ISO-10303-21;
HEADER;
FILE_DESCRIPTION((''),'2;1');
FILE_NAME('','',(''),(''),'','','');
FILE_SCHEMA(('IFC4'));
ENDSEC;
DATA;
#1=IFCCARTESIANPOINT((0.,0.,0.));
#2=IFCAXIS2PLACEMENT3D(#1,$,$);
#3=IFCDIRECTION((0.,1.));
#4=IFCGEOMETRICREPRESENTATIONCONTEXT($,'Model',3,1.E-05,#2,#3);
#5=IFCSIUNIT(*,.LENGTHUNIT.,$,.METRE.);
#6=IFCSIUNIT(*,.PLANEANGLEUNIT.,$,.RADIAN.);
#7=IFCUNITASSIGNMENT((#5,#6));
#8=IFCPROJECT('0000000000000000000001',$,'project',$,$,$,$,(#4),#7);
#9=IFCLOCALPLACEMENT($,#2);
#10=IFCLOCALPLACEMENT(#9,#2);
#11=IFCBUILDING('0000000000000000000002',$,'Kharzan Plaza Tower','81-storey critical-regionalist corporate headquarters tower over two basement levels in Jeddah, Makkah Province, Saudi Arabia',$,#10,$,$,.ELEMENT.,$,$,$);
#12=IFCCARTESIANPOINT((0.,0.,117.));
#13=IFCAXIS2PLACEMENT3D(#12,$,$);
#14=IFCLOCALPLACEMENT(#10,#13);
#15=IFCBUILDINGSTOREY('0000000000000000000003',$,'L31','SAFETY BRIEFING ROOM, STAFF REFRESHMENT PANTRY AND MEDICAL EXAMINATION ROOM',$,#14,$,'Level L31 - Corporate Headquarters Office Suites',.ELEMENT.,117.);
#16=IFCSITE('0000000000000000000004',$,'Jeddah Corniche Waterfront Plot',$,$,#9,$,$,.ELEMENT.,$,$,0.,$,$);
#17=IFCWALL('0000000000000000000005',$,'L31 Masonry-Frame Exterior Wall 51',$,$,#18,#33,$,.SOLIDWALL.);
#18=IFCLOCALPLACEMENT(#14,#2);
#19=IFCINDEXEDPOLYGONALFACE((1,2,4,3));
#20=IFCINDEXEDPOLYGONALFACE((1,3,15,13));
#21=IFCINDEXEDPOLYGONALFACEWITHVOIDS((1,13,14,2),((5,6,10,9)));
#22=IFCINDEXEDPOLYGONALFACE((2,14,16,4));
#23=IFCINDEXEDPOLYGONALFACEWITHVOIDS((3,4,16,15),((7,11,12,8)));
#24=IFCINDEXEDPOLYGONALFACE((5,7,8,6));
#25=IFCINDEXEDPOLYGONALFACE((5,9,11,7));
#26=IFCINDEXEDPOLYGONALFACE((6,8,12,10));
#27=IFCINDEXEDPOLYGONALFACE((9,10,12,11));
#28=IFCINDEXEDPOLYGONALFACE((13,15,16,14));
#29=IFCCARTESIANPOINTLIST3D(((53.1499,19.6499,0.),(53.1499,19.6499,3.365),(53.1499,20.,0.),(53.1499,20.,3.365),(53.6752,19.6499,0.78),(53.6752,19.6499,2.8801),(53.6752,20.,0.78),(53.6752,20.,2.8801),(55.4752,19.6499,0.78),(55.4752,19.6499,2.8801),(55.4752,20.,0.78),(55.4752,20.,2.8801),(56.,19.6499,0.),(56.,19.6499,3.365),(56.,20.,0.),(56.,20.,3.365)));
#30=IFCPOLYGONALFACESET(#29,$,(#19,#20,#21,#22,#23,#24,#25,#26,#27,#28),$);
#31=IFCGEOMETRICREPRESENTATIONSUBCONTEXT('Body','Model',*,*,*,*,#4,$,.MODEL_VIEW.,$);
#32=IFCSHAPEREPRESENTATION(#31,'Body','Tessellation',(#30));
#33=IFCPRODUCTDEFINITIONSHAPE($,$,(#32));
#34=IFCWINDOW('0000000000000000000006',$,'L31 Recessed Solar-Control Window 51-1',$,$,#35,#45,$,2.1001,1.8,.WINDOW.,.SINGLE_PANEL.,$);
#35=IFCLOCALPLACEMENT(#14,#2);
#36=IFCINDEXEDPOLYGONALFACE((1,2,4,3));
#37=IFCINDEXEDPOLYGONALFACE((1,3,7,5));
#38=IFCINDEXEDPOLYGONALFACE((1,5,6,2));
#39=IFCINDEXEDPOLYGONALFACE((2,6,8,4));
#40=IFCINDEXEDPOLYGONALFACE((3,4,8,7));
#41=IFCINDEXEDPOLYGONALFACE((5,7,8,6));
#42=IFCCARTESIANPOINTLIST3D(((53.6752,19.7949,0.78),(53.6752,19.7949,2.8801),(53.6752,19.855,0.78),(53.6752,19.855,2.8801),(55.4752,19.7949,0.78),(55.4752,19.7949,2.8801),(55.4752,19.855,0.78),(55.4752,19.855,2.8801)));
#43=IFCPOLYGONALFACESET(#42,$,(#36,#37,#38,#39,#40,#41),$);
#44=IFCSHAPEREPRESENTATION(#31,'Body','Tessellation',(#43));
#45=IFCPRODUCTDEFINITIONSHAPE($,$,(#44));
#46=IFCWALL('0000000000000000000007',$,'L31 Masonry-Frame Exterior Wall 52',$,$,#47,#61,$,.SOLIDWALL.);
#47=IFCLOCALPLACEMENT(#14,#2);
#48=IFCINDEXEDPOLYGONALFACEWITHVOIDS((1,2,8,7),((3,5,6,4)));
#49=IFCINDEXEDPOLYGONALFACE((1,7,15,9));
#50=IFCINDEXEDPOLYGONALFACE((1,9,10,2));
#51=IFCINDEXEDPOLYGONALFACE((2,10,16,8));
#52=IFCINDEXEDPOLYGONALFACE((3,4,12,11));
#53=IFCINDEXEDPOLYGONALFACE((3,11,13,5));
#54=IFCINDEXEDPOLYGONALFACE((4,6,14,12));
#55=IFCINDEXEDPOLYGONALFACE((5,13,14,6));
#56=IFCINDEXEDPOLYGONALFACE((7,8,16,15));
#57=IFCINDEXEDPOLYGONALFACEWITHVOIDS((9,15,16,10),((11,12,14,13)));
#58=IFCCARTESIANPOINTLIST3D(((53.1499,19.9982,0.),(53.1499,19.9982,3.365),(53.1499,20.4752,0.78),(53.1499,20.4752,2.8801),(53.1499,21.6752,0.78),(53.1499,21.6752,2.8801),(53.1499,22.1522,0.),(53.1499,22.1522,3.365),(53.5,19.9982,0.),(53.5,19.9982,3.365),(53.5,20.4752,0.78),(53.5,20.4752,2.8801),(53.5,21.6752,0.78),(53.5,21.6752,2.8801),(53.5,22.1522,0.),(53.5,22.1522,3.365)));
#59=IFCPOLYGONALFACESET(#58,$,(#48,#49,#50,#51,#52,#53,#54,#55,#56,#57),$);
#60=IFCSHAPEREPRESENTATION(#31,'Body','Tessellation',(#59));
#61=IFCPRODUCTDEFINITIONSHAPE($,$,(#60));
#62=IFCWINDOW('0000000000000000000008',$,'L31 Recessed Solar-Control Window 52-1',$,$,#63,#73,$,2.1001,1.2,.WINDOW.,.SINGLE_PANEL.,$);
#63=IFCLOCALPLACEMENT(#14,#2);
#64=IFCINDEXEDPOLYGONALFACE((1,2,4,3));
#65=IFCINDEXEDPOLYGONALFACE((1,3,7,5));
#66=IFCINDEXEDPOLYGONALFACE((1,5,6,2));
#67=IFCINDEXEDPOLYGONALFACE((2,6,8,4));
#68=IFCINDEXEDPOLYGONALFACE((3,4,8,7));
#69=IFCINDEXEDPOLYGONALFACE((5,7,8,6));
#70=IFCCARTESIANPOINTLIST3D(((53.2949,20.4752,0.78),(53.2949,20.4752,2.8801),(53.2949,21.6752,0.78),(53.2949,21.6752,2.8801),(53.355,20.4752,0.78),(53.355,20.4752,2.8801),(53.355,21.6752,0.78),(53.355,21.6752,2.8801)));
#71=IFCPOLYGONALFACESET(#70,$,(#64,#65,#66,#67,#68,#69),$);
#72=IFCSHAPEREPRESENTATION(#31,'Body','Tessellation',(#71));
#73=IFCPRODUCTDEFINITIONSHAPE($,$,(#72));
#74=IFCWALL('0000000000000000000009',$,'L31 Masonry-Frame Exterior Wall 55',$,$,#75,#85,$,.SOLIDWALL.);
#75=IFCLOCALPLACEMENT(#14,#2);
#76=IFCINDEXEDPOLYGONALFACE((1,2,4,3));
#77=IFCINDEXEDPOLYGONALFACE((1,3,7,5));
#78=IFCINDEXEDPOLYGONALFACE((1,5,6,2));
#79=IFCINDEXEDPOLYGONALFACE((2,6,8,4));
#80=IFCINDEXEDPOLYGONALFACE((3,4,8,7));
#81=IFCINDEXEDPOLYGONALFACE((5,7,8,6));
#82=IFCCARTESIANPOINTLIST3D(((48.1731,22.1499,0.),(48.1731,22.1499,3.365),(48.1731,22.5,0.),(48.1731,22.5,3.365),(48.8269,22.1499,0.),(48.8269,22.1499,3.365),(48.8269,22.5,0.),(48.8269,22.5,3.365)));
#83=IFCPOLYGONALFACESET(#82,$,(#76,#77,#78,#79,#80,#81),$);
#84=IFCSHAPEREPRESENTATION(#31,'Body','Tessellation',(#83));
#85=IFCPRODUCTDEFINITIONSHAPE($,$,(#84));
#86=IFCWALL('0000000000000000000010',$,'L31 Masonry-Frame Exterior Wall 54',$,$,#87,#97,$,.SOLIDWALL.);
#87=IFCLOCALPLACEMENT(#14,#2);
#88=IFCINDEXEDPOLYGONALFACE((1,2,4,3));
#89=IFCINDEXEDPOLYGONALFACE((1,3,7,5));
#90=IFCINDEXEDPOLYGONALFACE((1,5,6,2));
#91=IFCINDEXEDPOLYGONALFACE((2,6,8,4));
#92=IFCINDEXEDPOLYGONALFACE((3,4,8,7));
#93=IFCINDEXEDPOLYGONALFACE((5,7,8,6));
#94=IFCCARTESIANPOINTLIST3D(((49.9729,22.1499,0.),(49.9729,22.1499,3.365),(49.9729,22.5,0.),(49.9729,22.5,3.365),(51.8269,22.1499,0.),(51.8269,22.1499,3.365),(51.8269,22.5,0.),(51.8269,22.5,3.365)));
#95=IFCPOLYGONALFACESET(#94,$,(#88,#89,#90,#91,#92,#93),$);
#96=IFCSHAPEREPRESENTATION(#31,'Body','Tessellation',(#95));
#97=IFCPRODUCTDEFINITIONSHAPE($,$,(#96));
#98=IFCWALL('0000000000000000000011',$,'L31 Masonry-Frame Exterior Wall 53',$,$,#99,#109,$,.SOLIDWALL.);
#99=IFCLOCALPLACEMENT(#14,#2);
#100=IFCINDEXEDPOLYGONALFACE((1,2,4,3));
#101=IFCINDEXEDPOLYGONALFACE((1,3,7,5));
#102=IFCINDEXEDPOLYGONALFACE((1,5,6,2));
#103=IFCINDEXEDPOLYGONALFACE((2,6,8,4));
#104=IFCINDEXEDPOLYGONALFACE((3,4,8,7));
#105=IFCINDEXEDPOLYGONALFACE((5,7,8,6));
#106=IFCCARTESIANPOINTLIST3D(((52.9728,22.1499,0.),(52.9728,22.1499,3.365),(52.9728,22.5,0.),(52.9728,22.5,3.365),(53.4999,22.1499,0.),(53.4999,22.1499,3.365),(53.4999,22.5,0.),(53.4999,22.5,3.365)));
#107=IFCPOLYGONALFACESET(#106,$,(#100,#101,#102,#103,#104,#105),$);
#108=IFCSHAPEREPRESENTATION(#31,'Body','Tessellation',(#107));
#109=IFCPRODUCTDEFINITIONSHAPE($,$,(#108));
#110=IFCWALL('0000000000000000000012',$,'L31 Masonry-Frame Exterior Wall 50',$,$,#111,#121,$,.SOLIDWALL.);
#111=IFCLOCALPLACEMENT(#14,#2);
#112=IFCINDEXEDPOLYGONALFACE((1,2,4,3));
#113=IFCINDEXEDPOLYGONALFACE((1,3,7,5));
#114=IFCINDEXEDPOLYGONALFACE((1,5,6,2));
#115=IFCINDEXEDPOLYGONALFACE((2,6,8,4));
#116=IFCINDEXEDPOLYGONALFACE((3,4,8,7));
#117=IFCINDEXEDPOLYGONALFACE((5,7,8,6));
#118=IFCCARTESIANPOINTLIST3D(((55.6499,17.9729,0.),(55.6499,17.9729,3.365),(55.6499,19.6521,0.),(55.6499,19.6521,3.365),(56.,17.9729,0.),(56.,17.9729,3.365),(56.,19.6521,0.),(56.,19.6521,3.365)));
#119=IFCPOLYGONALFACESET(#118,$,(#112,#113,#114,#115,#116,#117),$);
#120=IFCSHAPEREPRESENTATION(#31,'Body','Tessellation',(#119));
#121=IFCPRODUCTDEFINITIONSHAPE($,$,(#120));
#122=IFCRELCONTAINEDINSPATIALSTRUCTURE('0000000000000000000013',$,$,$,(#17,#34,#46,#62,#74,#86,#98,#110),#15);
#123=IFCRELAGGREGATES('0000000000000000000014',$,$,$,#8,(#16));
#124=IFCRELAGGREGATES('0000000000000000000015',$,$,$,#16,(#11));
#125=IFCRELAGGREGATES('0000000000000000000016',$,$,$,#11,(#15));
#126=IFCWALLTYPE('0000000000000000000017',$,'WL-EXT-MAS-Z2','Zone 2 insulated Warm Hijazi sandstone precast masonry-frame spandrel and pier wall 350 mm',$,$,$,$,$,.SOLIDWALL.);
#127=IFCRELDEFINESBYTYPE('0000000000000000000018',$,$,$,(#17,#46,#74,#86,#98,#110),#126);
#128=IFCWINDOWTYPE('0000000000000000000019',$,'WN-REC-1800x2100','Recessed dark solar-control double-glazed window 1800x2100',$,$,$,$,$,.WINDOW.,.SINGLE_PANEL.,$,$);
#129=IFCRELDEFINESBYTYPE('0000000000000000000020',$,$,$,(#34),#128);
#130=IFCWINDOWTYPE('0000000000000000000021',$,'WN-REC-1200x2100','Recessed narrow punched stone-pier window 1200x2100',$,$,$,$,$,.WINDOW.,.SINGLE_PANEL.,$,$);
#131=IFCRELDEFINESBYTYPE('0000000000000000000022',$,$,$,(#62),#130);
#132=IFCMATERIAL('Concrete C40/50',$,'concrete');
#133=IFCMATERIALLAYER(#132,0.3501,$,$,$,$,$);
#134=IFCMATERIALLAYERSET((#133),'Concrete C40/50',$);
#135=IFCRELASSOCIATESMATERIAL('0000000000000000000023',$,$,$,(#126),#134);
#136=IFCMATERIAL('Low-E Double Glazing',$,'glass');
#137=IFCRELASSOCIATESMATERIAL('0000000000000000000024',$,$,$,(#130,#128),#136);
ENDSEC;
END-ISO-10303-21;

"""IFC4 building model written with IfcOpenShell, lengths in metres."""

from ifc_helpers import new_model, si_unit, direction, frame, frame_2d, origin, place, context, subcontext, project, spatial, rectangle, extrude, source, transform, mapped, material, layer, layer_set, type_object, element, fill, save


model = new_model("IFC4")

# Units and contexts
model_context = context("Model", 3, precision=1e-05, world=origin(), true_north=direction((0.0, 1.0)))
body_context = subcontext(model_context, "Body", "Model", "MODEL_VIEW")
ifc_project = project(units=[si_unit("LENGTHUNIT", "METRE"), si_unit("PLANEANGLEUNIT", "RADIAN")], contexts=[model_context])

# Site, building, storey
site_placement = place(None, origin())
site = spatial("IfcSite", under=ifc_project, at=site_placement, Name="Jeddah Corniche Waterfront Plot", CompositionType="ELEMENT", RefElevation=0.0)
building_placement = place(site_placement, origin())
building = spatial("IfcBuilding", under=site, at=building_placement, Name="Kharzan Plaza Tower", Description="81-storey critical-regionalist corporate headquarters tower over two basement levels in Jeddah, Makkah Province, Saudi Arabia", CompositionType="ELEMENT")
storey_placement = place(building_placement, frame((0.0, 0.0, 117.0)))
storey = spatial("IfcBuildingStorey", under=building, at=storey_placement, Name="L31", Description="SAFETY BRIEFING ROOM, STAFF REFRESHMENT PANTRY AND MEDICAL EXAMINATION ROOM", LongName="Level L31 - Corporate Headquarters Office Suites", CompositionType="ELEMENT", Elevation=117.0)

# Walls, openings, windows
ifc_material_1 = material(Name="Concrete C40/50", Category="concrete")
ifc_layer = layer(ifc_material_1, 0.3501)
ifc_layer_set = layer_set([ifc_layer], Name="Concrete C40/50")
wall_type = type_object("IfcWallType", Name="WL-EXT-MAS-Z2", Description="Zone 2 insulated Warm Hijazi sandstone precast masonry-frame spandrel and pier wall 350 mm", PredefinedType="SOLIDWALL", material=ifc_layer_set)
ifc_material_2 = material(Name="Low-E Double Glazing", Category="glass")
window_type_1 = type_object("IfcWindowType", Name="WN-REC-1200x2100", Description="Recessed narrow punched stone-pier window 1200x2100", PartitioningType="SINGLE_PANEL", PredefinedType="WINDOW", material=ifc_material_2)
shared_shape_1 = source(origin(), body_context, "Body", "SweptSolid", [
    extrude(rectangle(XDim=1.2, YDim=2.1001, at=frame_2d((0.6001, 1.05))), frame((0.0, 0.03, 0.0), z_axis=(0.0, -1.0, 0.0), x_axis=(1.0, 0.0, 0.0)), (0.0, 0.0, 1.0), 0.0601),
])
wall_1_placement = place(storey_placement, frame((56.0, 19.825, 0.0), z_axis=(0.0, 0.0, 1.0), x_axis=(-1.0, 0.0, 0.0)))
wall_1 = element("IfcWall", 1, at=wall_1_placement, inside=storey, type_object=wall_type, Name="L31 Masonry-Frame Exterior Wall 51", PredefinedType="SOLIDWALL", context=body_context, shape_type="SweptSolid", body=[
    extrude(rectangle(XDim=2.8501, YDim=0.3501, at=frame_2d((1.425, 0.0))), origin(), (0.0, 0.0, 1.0), 3.365),
])
opening_1_placement = place(wall_1_placement, frame((0.5249, 0.0, 0.78)))
opening_1 = element("IfcOpeningElement", 2, at=opening_1_placement, cuts=wall_1, PredefinedType="OPENING", context=body_context, shape_type="SweptSolid", body=[
    extrude(rectangle(XDim=1.8, YDim=2.1001, at=frame_2d((0.8999, 1.05))), frame((0.0, 0.1851, 0.0), z_axis=(0.0, -1.0, 0.0), x_axis=(1.0, 0.0, 0.0)), (0.0, 0.0, 1.0), 0.3701),
])
window_type_2 = type_object("IfcWindowType", Name="WN-REC-1800x2100", Description="Recessed dark solar-control double-glazed window 1800x2100", PartitioningType="SINGLE_PANEL", PredefinedType="WINDOW", material=ifc_material_2)
shared_shape_2 = source(origin(), body_context, "Body", "SweptSolid", [
    extrude(rectangle(XDim=1.8, YDim=2.1001, at=frame_2d((0.8999, 1.05))), frame((0.0, 0.03, 0.0), z_axis=(0.0, -1.0, 0.0), x_axis=(1.0, 0.0, 0.0)), (0.0, 0.0, 1.0), 0.0601),
])
window_1_placement = place(opening_1_placement, origin())
window_1 = element("IfcWindow", 3, at=window_1_placement, inside=storey, type_object=window_type_2, Name="L31 Recessed Solar-Control Window 51-1", OverallHeight=2.1001, OverallWidth=1.8, PartitioningType="SINGLE_PANEL", PredefinedType="WINDOW", context=body_context, shape_type="MappedRepresentation", body=[
    mapped(shared_shape_2, transform((0.0, 0.0, 0.0), x_axis=(1.0, 0.0, 0.0), y_axis=(0.0, 1.0, 0.0), z_axis=(0.0, 0.0, 1.0))),
])
fill(opening_1, window_1)
wall_2_placement = place(storey_placement, frame((53.325, 19.998, 0.0), z_axis=(0.0, 0.0, 1.0), x_axis=(0.0, 1.0, 0.0)))
wall_2 = element("IfcWall", 4, at=wall_2_placement, inside=storey, type_object=wall_type, Name="L31 Masonry-Frame Exterior Wall 52", PredefinedType="SOLIDWALL", context=body_context, shape_type="SweptSolid", body=[
    extrude(rectangle(XDim=2.1541, YDim=0.3501, at=frame_2d((1.0771, 0.0))), origin(), (0.0, 0.0, 1.0), 3.365),
])
opening_2_placement = place(wall_2_placement, frame((0.4771, 0.0, 0.78)))
opening_2 = element("IfcOpeningElement", 5, at=opening_2_placement, cuts=wall_2, PredefinedType="OPENING", context=body_context, shape_type="SweptSolid", body=[
    extrude(rectangle(XDim=1.2, YDim=2.1001, at=frame_2d((0.6001, 1.05))), frame((0.0, 0.1851, 0.0), z_axis=(0.0, -1.0, 0.0), x_axis=(1.0, 0.0, 0.0)), (0.0, 0.0, 1.0), 0.3701),
])
window_2_placement = place(opening_2_placement, origin())
window_2 = element("IfcWindow", 6, at=window_2_placement, inside=storey, type_object=window_type_1, Name="L31 Recessed Solar-Control Window 52-1", OverallHeight=2.1001, OverallWidth=1.2, PartitioningType="SINGLE_PANEL", PredefinedType="WINDOW", context=body_context, shape_type="MappedRepresentation", body=[
    mapped(shared_shape_1, transform((0.0, 0.0, 0.0), x_axis=(1.0, 0.0, 0.0), y_axis=(0.0, 1.0, 0.0), z_axis=(0.0, 0.0, 1.0))),
])
fill(opening_2, window_2)

# Walls
shared_shape_3 = source(origin(), body_context, "Body", "SweptSolid", [
    extrude(rectangle(XDim=0.6538, YDim=0.3501, at=frame_2d((0.3269, 0.0))), origin(), (0.0, 0.0, 1.0), 3.365),
])
wall_3_placement = place(storey_placement, frame((48.8269, 22.325, 0.0), z_axis=(0.0, 0.0, 1.0), x_axis=(-1.0, 0.0, 0.0)))
element("IfcWall", 7, at=wall_3_placement, inside=storey, type_object=wall_type, Name="L31 Masonry-Frame Exterior Wall 55", PredefinedType="SOLIDWALL", context=body_context, shape_type="MappedRepresentation", body=[
    mapped(shared_shape_3, transform((0.0, 0.0, 0.0), x_axis=(1.0, 0.0, 0.0), y_axis=(0.0, 1.0, 0.0), z_axis=(0.0, 0.0, 1.0))),
])
shared_shape_4 = source(origin(), body_context, "Body", "SweptSolid", [
    extrude(rectangle(XDim=1.854, YDim=0.3501, at=frame_2d((0.927, 0.0))), origin(), (0.0, 0.0, 1.0), 3.365),
])
wall_4_placement = place(storey_placement, frame((51.8269, 22.325, 0.0), z_axis=(0.0, 0.0, 1.0), x_axis=(-1.0, 0.0, 0.0)))
element("IfcWall", 8, at=wall_4_placement, inside=storey, type_object=wall_type, Name="L31 Masonry-Frame Exterior Wall 54", PredefinedType="SOLIDWALL", context=body_context, shape_type="MappedRepresentation", body=[
    mapped(shared_shape_4, transform((0.0, 0.0, 0.0), x_axis=(1.0, 0.0, 0.0), y_axis=(0.0, 1.0, 0.0), z_axis=(0.0, 0.0, 1.0))),
])
shared_shape_5 = source(origin(), body_context, "Body", "SweptSolid", [
    extrude(rectangle(XDim=0.5271, YDim=0.3501, at=frame_2d((0.2637, 0.0))), origin(), (0.0, 0.0, 1.0), 3.365),
])
wall_5_placement = place(storey_placement, frame((53.5, 22.325, 0.0), z_axis=(0.0, 0.0, 1.0), x_axis=(-1.0, 0.0, 0.0)))
element("IfcWall", 9, at=wall_5_placement, inside=storey, type_object=wall_type, Name="L31 Masonry-Frame Exterior Wall 53", PredefinedType="SOLIDWALL", context=body_context, shape_type="MappedRepresentation", body=[
    mapped(shared_shape_5, transform((0.0, 0.0, 0.0), x_axis=(1.0, 0.0, 0.0), y_axis=(0.0, 1.0, 0.0), z_axis=(0.0, 0.0, 1.0))),
])
shared_shape_6 = source(origin(), body_context, "Body", "SweptSolid", [
    extrude(rectangle(XDim=1.6792, YDim=0.3501, at=frame_2d((0.8396, 0.0))), origin(), (0.0, 0.0, 1.0), 3.365),
])
wall_6_placement = place(storey_placement, frame((55.825, 17.9729, 0.0), z_axis=(0.0, 0.0, 1.0), x_axis=(0.0, 1.0, 0.0)))
element("IfcWall", 10, at=wall_6_placement, inside=storey, type_object=wall_type, Name="L31 Masonry-Frame Exterior Wall 50", PredefinedType="SOLIDWALL", context=body_context, shape_type="MappedRepresentation", body=[
    mapped(shared_shape_6, transform((0.0, 0.0, 0.0), x_axis=(1.0, 0.0, 0.0), y_axis=(0.0, 1.0, 0.0), z_axis=(0.0, 0.0, 1.0))),
])

save(model, "model.ifc")
